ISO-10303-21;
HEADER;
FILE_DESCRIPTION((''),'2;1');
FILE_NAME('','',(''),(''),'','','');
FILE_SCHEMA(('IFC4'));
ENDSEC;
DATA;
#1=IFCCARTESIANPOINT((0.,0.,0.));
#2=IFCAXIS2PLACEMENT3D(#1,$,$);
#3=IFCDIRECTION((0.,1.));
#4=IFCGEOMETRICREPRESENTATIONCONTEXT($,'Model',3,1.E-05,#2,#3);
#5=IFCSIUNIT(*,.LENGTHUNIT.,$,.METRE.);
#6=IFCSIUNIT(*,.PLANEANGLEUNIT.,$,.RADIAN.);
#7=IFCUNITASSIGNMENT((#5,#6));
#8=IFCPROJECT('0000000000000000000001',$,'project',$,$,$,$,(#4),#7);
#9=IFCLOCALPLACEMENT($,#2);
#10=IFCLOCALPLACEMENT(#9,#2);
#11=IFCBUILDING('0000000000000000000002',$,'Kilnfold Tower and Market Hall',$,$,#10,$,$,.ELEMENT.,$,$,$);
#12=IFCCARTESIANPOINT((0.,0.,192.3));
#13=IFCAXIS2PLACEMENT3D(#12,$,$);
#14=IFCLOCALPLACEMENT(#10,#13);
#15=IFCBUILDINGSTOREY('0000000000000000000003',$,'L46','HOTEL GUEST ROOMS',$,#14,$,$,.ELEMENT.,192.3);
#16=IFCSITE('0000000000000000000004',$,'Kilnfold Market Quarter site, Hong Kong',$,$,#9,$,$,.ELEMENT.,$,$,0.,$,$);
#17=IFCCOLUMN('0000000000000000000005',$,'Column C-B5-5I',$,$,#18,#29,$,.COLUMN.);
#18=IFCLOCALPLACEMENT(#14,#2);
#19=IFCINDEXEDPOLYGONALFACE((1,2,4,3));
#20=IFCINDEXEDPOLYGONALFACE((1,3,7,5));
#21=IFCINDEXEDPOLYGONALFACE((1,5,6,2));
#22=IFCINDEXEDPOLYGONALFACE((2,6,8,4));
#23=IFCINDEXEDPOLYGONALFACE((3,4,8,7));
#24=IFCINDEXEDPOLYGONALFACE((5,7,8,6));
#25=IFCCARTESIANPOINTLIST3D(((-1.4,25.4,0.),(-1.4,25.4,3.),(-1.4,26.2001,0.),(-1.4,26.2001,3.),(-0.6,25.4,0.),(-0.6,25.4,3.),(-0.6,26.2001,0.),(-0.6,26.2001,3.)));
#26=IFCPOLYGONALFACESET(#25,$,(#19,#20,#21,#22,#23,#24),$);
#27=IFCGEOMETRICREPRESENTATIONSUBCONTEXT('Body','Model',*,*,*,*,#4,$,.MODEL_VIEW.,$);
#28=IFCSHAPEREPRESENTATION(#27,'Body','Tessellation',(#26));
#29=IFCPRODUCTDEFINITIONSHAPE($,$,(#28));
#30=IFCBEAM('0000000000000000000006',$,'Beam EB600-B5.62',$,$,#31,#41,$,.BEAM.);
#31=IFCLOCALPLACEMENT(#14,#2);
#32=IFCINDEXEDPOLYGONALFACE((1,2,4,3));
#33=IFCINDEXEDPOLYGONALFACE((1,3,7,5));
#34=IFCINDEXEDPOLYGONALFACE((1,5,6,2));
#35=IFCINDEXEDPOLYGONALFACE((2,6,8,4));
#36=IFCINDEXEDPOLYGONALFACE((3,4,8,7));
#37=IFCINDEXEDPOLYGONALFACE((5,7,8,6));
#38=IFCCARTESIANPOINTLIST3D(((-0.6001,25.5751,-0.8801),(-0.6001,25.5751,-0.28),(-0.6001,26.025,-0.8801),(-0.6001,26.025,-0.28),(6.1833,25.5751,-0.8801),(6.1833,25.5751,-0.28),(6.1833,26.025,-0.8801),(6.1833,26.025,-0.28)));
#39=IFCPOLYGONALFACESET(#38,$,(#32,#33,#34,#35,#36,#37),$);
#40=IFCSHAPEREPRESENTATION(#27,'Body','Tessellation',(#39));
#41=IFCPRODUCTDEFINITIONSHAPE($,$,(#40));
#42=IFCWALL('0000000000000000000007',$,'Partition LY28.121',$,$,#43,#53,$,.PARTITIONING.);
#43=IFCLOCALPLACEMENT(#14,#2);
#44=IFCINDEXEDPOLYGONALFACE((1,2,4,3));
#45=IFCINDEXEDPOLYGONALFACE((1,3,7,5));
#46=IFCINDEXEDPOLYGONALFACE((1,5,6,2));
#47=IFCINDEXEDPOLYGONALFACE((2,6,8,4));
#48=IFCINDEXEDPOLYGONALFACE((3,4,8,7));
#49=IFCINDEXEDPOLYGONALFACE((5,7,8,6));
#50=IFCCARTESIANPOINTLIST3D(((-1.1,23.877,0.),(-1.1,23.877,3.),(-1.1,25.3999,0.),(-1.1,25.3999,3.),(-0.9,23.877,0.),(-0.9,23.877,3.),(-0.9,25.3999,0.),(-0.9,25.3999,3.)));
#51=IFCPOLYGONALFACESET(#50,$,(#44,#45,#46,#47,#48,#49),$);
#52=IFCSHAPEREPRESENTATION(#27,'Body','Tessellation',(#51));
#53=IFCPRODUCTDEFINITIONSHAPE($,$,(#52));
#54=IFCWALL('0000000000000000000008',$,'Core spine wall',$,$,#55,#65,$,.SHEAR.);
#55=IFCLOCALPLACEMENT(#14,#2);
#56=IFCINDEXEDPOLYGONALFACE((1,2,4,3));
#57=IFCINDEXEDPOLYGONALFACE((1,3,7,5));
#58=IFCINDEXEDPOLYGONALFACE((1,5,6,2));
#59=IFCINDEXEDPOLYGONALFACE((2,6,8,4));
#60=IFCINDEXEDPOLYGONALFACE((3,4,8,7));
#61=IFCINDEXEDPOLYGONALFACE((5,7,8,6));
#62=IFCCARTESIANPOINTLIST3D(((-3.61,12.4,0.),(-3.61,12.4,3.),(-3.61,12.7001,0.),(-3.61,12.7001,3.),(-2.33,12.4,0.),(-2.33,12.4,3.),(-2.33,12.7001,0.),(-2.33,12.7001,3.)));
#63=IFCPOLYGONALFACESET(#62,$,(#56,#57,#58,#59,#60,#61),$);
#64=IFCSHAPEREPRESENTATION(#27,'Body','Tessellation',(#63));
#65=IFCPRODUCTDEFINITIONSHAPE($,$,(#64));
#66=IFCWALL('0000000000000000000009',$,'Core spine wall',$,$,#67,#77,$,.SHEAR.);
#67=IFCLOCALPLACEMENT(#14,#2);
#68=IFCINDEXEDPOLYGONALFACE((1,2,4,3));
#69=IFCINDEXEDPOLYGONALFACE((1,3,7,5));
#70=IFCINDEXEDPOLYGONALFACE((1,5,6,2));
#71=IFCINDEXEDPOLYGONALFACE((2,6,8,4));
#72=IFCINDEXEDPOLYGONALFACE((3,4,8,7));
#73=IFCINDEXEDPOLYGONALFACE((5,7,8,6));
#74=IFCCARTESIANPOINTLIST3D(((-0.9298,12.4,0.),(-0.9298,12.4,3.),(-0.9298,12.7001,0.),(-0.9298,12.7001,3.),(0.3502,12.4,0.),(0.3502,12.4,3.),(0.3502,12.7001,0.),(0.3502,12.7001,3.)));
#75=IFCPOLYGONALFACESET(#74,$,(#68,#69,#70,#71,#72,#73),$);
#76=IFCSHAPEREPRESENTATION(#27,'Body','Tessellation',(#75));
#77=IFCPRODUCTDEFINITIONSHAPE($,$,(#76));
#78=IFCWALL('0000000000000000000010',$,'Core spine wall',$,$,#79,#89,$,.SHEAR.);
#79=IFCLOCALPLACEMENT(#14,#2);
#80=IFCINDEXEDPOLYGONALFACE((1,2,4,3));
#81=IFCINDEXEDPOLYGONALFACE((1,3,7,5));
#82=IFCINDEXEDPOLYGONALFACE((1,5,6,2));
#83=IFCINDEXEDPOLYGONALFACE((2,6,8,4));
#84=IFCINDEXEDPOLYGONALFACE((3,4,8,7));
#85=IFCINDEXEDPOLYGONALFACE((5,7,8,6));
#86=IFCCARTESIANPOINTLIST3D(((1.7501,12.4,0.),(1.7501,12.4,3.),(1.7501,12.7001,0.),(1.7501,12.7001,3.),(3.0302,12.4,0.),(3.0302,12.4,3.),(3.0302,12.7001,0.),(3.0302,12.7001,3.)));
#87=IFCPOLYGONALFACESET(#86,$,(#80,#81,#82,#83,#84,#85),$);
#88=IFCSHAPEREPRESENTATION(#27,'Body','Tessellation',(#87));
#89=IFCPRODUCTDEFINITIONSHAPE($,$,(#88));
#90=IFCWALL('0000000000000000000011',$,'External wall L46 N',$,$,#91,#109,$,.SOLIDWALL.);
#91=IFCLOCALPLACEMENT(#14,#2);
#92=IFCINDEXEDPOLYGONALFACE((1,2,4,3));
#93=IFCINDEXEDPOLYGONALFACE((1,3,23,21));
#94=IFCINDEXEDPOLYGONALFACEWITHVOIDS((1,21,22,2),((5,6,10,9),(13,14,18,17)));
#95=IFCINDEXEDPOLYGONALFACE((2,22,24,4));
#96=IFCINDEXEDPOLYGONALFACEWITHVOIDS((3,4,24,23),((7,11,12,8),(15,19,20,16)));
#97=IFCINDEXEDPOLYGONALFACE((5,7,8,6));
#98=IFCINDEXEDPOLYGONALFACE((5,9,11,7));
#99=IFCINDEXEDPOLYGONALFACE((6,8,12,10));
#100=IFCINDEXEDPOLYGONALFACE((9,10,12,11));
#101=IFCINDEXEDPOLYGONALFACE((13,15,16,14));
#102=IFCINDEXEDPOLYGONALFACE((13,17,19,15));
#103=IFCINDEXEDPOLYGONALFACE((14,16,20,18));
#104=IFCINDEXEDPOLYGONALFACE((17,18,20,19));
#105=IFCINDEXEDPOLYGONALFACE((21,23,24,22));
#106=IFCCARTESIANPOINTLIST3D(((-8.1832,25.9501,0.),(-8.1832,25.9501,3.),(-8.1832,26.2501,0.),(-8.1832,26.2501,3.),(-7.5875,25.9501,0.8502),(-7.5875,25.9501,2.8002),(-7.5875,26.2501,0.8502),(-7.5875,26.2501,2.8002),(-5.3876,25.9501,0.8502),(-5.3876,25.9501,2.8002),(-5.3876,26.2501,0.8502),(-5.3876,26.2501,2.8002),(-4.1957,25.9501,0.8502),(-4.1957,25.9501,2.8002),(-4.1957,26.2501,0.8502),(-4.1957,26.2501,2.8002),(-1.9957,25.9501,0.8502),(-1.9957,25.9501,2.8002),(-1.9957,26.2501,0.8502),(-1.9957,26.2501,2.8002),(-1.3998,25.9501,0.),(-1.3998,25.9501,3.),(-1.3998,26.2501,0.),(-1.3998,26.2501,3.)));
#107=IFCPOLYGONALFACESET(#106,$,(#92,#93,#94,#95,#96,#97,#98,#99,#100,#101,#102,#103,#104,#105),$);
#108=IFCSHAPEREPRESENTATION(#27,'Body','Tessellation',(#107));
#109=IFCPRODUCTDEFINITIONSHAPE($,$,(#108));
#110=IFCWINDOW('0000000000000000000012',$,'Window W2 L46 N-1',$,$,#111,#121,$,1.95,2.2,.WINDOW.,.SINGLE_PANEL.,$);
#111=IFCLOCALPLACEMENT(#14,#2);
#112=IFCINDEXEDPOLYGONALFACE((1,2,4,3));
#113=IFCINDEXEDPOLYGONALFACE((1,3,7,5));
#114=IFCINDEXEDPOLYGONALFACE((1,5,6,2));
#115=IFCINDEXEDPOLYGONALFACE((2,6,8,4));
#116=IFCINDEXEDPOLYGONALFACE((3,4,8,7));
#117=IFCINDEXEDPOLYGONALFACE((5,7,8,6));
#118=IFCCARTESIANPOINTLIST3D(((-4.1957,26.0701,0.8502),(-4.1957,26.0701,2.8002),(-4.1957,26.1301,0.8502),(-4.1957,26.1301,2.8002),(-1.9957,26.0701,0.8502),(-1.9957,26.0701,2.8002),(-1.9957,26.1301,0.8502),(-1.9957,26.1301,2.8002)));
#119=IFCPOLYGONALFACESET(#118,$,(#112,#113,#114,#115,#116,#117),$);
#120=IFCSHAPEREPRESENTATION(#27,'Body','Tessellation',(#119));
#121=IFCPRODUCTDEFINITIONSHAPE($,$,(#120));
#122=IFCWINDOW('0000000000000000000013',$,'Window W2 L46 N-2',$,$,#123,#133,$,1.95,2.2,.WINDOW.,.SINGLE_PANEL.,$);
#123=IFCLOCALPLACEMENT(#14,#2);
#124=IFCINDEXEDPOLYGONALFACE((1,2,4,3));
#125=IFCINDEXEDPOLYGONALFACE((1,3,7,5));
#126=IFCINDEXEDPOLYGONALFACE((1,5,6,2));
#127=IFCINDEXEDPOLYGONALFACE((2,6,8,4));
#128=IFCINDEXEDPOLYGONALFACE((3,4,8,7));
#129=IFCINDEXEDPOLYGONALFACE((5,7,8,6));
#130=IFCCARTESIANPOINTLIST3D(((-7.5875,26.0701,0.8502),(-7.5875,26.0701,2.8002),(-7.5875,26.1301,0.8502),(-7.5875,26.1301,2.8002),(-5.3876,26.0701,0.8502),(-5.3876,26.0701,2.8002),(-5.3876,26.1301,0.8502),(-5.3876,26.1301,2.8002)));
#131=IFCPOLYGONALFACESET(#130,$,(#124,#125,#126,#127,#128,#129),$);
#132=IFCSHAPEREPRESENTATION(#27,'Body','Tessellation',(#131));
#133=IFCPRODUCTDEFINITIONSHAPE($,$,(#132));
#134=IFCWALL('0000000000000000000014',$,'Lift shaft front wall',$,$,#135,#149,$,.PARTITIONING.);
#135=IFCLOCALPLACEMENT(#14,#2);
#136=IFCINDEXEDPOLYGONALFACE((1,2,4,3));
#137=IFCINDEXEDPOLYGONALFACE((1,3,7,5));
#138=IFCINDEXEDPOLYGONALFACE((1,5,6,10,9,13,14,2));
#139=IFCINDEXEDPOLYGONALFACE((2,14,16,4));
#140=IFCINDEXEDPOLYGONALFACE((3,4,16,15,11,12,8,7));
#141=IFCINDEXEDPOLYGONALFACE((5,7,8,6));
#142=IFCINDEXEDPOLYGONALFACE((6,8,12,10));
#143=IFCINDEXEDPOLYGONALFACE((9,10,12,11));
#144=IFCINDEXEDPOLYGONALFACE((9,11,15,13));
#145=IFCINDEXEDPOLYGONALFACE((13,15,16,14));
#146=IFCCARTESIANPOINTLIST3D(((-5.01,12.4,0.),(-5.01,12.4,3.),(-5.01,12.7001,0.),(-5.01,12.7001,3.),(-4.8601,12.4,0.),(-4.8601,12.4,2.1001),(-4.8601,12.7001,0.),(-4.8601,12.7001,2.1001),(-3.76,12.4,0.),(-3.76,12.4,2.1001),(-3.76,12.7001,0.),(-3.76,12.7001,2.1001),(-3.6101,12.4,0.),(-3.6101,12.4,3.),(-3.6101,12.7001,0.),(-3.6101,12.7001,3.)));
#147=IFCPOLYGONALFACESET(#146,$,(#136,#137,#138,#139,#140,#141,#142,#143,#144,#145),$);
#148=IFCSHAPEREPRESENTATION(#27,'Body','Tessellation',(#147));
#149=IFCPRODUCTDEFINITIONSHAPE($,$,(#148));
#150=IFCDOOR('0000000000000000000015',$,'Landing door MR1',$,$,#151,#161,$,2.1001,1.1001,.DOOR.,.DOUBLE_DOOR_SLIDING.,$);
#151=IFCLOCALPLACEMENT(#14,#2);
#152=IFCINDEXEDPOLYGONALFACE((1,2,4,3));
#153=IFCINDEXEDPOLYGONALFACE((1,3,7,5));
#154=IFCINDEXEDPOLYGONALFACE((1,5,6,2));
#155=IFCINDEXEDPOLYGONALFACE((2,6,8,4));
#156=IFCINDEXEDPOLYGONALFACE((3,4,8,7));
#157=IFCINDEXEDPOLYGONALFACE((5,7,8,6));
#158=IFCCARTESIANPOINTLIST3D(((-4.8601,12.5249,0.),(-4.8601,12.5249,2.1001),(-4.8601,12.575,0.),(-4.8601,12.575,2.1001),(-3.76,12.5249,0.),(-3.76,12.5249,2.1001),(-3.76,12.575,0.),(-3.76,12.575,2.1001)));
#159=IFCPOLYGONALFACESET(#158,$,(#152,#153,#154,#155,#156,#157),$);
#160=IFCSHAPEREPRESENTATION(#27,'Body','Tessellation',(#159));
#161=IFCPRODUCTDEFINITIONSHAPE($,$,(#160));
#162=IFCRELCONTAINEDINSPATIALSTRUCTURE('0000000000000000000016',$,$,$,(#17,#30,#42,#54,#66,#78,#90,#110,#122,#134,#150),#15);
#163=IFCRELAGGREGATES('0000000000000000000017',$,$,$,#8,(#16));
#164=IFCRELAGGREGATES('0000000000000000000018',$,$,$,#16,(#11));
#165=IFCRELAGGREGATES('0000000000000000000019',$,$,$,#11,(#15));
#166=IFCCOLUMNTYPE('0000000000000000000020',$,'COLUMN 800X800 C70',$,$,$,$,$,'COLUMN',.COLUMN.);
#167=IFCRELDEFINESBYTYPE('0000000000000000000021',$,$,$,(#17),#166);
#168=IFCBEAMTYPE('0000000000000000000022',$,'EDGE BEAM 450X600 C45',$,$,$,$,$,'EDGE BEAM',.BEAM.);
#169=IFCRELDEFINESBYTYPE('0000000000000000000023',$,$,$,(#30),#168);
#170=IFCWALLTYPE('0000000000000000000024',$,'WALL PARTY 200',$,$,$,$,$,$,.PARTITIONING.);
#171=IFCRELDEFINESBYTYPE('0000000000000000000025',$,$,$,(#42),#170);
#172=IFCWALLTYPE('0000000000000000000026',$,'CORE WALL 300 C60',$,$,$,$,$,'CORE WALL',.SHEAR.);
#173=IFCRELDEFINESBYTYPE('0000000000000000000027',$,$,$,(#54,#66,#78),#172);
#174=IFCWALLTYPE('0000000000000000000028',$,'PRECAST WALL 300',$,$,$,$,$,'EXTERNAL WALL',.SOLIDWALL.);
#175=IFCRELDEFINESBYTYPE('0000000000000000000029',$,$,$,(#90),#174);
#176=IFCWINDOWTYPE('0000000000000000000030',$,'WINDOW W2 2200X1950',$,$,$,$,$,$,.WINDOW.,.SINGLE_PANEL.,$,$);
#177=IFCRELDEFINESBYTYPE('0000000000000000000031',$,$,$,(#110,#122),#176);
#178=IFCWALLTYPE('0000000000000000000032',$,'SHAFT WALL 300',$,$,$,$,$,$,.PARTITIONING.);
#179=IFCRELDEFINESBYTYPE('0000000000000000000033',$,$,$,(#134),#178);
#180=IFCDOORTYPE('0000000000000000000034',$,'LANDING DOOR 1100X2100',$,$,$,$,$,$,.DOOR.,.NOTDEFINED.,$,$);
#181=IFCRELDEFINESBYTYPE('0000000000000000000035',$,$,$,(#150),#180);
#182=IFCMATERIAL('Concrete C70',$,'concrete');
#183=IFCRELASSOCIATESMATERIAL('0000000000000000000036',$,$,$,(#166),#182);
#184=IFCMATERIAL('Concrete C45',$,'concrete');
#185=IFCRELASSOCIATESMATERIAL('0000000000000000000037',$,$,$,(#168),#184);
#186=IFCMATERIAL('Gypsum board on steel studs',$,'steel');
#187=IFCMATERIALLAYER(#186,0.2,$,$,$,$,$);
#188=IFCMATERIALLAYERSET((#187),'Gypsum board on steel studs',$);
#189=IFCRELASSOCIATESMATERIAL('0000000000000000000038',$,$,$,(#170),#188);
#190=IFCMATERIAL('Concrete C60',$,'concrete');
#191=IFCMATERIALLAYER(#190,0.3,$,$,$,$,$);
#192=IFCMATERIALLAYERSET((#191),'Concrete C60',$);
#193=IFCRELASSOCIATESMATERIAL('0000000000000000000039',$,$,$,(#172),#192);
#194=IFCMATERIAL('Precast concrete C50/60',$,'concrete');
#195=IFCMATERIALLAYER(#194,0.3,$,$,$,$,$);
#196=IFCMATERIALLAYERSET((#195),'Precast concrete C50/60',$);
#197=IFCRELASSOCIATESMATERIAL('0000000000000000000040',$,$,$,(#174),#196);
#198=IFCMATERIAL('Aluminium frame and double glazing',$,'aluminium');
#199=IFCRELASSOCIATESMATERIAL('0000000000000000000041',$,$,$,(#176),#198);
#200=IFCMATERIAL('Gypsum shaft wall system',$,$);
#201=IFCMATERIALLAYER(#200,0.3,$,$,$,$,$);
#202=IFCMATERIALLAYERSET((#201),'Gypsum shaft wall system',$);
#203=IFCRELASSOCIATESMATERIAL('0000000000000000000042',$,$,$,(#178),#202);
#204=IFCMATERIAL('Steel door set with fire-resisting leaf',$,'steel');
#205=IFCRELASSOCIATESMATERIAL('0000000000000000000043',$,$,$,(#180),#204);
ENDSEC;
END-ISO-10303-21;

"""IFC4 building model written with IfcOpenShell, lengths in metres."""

from ifc_helpers import new_model, si_unit, direction, frame, frame_2d, origin, origin_2d, place, context, subcontext, project, spatial, rectangle, extrude, source, transform, mapped, material, layer, layer_set, material_profile, profile_set, type_object, element, fill, save


model = new_model("IFC4")

# Units and contexts
model_context = context("Model", 3, precision=1e-05, world=origin(), true_north=direction((0.0, 1.0)))
body_context = subcontext(model_context, "Body", "Model", "MODEL_VIEW")
ifc_project = project(units=[si_unit("LENGTHUNIT", "METRE"), si_unit("PLANEANGLEUNIT", "RADIAN")], contexts=[model_context])

# Site, building, storey
site_placement = place(None, origin())
site = spatial("IfcSite", under=ifc_project, at=site_placement, Name="Kilnfold Market Quarter site, Hong Kong", CompositionType="ELEMENT", RefElevation=0.0)
building_placement = place(site_placement, origin())
building = spatial("IfcBuilding", under=site, at=building_placement, Name="Kilnfold Tower and Market Hall", CompositionType="ELEMENT")
storey_placement = place(building_placement, frame((0.0, 0.0, 192.3)))
storey = spatial("IfcBuildingStorey", under=building, at=storey_placement, Name="L46", Description="HOTEL GUEST ROOMS", CompositionType="ELEMENT", Elevation=192.3)

# Column
ifc_material_1 = material(Name="Concrete C70", Category="concrete")
ifc_material_profile_1 = material_profile(ifc_material_1, rectangle(XDim=0.8, YDim=0.8, at=origin_2d()), Name="RC 800x800")
ifc_profile_set_1 = profile_set([ifc_material_profile_1], Name="Concrete C70")
column_type = type_object("IfcColumnType", Name="COLUMN 800X800 C70", ElementType="COLUMN", PredefinedType="COLUMN", material=ifc_profile_set_1)
shared_shape_1 = source(origin(), body_context, "Body", "SweptSolid", [
    extrude(rectangle(XDim=0.8, YDim=0.8, at=origin_2d()), origin(), (0.0, 0.0, 1.0), 3.0),
])
column_placement = place(storey_placement, frame((-1.0, 25.8, 0.0), z_axis=(0.0, 0.0, 1.0), x_axis=(1.0, 0.0, 0.0)))
element("IfcColumn", 1, at=column_placement, inside=storey, type_object=column_type, Name="Column C-B5-5I", PredefinedType="COLUMN", context=body_context, shape_type="MappedRepresentation", body=[
    mapped(shared_shape_1, transform((0.0, 0.0, 0.0))),
])

# Beam
ifc_material_2 = material(Name="Concrete C45", Category="concrete")
ifc_material_profile_2 = material_profile(ifc_material_2, rectangle(XDim=0.45, YDim=0.6001, at=origin_2d()), Name="RC 450x600")
ifc_profile_set_2 = profile_set([ifc_material_profile_2], Name="Concrete C45")
beam_type = type_object("IfcBeamType", Name="EDGE BEAM 450X600 C45", ElementType="EDGE BEAM", PredefinedType="BEAM", material=ifc_profile_set_2)
shared_shape_2 = source(origin(), body_context, "Body", "SweptSolid", [
    extrude(rectangle(XDim=0.45, YDim=0.6001, at=origin_2d()), origin(), (0.0, 0.0, 1.0), 6.7834),
])
beam_placement = place(storey_placement, frame((-0.6001, 25.8, -0.5801), z_axis=(1.0, 0.0, 0.0), x_axis=(0.0, 1.0, 0.0)))
element("IfcBeam", 2, at=beam_placement, inside=storey, type_object=beam_type, Name="Beam EB600-B5.62", PredefinedType="BEAM", context=body_context, shape_type="MappedRepresentation", body=[
    mapped(shared_shape_2, transform((0.0, 0.0, 0.0))),
])

# Walls
ifc_material_3 = material(Name="Gypsum board on steel studs", Category="steel")
ifc_layer_1 = layer(ifc_material_3, 0.2)
ifc_layer_set_1 = layer_set([ifc_layer_1], Name="Gypsum board on steel studs")
wall_type_1 = type_object("IfcWallType", Name="WALL PARTY 200", PredefinedType="PARTITIONING", material=ifc_layer_set_1)
wall_1_placement = place(storey_placement, frame((-1.0, 23.877, 0.0), z_axis=(0.0, 0.0, 1.0), x_axis=(0.0, 1.0, 0.0)))
element("IfcWall", 3, at=wall_1_placement, inside=storey, type_object=wall_type_1, Name="Partition LY28.121", PredefinedType="PARTITIONING", context=body_context, shape_type="SweptSolid", body=[
    extrude(rectangle(XDim=1.5229, YDim=0.2, at=frame_2d((0.7615, 0.0))), origin(), (0.0, 0.0, 1.0), 3.0),
])
ifc_material_4 = material(Name="Concrete C60", Category="concrete")
ifc_layer_2 = layer(ifc_material_4, 0.3)
ifc_layer_set_2 = layer_set([ifc_layer_2], Name="Concrete C60")
wall_type_2 = type_object("IfcWallType", Name="CORE WALL 300 C60", ElementType="CORE WALL", PredefinedType="SHEAR", material=ifc_layer_set_2)
shared_shape_3 = source(origin(), body_context, "Body", "SweptSolid", [
    extrude(rectangle(XDim=1.28, YDim=0.3, at=frame_2d((0.6401, 0.0))), origin(), (0.0, 0.0, 1.0), 3.0),
])
for number, where, z_axis, x_axis, name in (
    (4, (-3.6101, 12.55, 0.0), (0.0, 0.0, 1.0), (1.0, 0.0, 0.0), "Core spine wall"),
    (5, (-0.9299, 12.55, 0.0), (0.0, 0.0, 1.0), (1.0, 0.0, 0.0), "Core spine wall"),
    (6, (1.75, 12.55, 0.0), (0.0, 0.0, 1.0), (1.0, 0.0, 0.0), "Core spine wall"),
):
    element("IfcWall", number, at=place(storey_placement, frame(where, z_axis=z_axis, x_axis=x_axis)), inside=storey, type_object=wall_type_2, Name=name, PredefinedType="SHEAR", context=body_context, shape_type="MappedRepresentation", body=[
        mapped(shared_shape_3, transform((0.0, 0.0, 0.0))),
    ])

# Wall, openings, windows
ifc_material_5 = material(Name="Precast concrete C50/60", Category="concrete")
ifc_layer_3 = layer(ifc_material_5, 0.3)
ifc_layer_set_3 = layer_set([ifc_layer_3], Name="Precast concrete C50/60")
wall_type_3 = type_object("IfcWallType", Name="PRECAST WALL 300", ElementType="EXTERNAL WALL", PredefinedType="SOLIDWALL", material=ifc_layer_set_3)
shared_shape_4 = source(origin(), body_context, "Body", "SweptSolid", [
    extrude(rectangle(XDim=6.7834, YDim=0.3, at=frame_2d((3.3916, 0.0))), origin(), (0.0, 0.0, 1.0), 3.0),
])
wall_2_placement = place(storey_placement, frame((-1.3999, 26.1001, 0.0), z_axis=(0.0, 0.0, 1.0), x_axis=(-1.0, 0.0, 0.0)))
wall_2 = element("IfcWall", 7, at=wall_2_placement, inside=storey, type_object=wall_type_3, Name="External wall L46 N", PredefinedType="SOLIDWALL", context=body_context, shape_type="MappedRepresentation", body=[
    mapped(shared_shape_4, transform((0.0, 0.0, 0.0))),
])
opening_1_placement = place(wall_2_placement, frame((0.5957, 0.0, 0.8501)))
opening_1 = element("IfcOpeningElement", 8, at=opening_1_placement, cuts=wall_2, PredefinedType="OPENING", context=body_context, shape_type="SweptSolid", body=[
    extrude(rectangle(XDim=2.2, YDim=1.95, at=frame_2d((1.1001, 0.9751))), frame((0.0, 0.1602, 0.0), z_axis=(0.0, -1.0, 0.0), x_axis=(1.0, 0.0, 0.0)), (0.0, 0.0, 1.0), 0.3201),
])
opening_2_placement = place(wall_2_placement, frame((3.9875, 0.0, 0.8501)))
opening_2 = element("IfcOpeningElement", 9, at=opening_2_placement, cuts=wall_2, PredefinedType="OPENING", context=body_context, shape_type="SweptSolid", body=[
    extrude(rectangle(XDim=2.2, YDim=1.95, at=frame_2d((1.1001, 0.9751))), frame((0.0, 0.1602, 0.0), z_axis=(0.0, -1.0, 0.0), x_axis=(1.0, 0.0, 0.0)), (0.0, 0.0, 1.0), 0.3201),
])
ifc_material_6 = material(Name="Aluminium frame and double glazing", Category="aluminium")
window_type = type_object("IfcWindowType", Name="WINDOW W2 2200X1950", PartitioningType="SINGLE_PANEL", PredefinedType="WINDOW", material=ifc_material_6)
window_1_placement = place(opening_1_placement, origin())
window_1 = element("IfcWindow", 10, at=window_1_placement, inside=storey, type_object=window_type, Name="Window W2 L46 N-1", OverallHeight=1.95, OverallWidth=2.2, PartitioningType="SINGLE_PANEL", PredefinedType="WINDOW", context=body_context, shape_type="SweptSolid", body=[
    extrude(rectangle(XDim=2.2, YDim=1.95, at=frame_2d((1.1001, 0.9751))), frame((0.0, 0.03, 0.0), z_axis=(0.0, -1.0, 0.0), x_axis=(1.0, 0.0, 0.0)), (0.0, 0.0, 1.0), 0.0601),
])
fill(opening_1, window_1)
window_2_placement = place(opening_2_placement, origin())
window_2 = element("IfcWindow", 11, at=window_2_placement, inside=storey, type_object=window_type, Name="Window W2 L46 N-2", OverallHeight=1.95, OverallWidth=2.2, PartitioningType="SINGLE_PANEL", PredefinedType="WINDOW", context=body_context, shape_type="SweptSolid", body=[
    extrude(rectangle(XDim=2.2, YDim=1.95, at=frame_2d((1.1001, 0.9751))), frame((0.0, 0.03, 0.0), z_axis=(0.0, -1.0, 0.0), x_axis=(1.0, 0.0, 0.0)), (0.0, 0.0, 1.0), 0.0601),
])
fill(opening_2, window_2)

# Wall, opening, door
ifc_material_7 = material(Name="Gypsum shaft wall system")
ifc_layer_4 = layer(ifc_material_7, 0.3)
ifc_layer_set_4 = layer_set([ifc_layer_4], Name="Gypsum shaft wall system")
wall_type_4 = type_object("IfcWallType", Name="SHAFT WALL 300", PredefinedType="PARTITIONING", material=ifc_layer_set_4)
shared_shape_5 = source(origin(), body_context, "Body", "SweptSolid", [
    extrude(rectangle(XDim=1.3999, YDim=0.3, at=frame_2d((0.7, 0.0))), origin(), (0.0, 0.0, 1.0), 3.0),
])
wall_3_placement = place(storey_placement, frame((-5.01, 12.55, 0.0), z_axis=(0.0, 0.0, 1.0), x_axis=(1.0, 0.0, 0.0)))
wall_3 = element("IfcWall", 12, at=wall_3_placement, inside=storey, type_object=wall_type_4, Name="Lift shaft front wall", PredefinedType="PARTITIONING", context=body_context, shape_type="MappedRepresentation", body=[
    mapped(shared_shape_5, transform((0.0, 0.0, 0.0))),
])
opening_3_placement = place(wall_3_placement, frame((0.1499, 0.0, 0.0)))
opening_3 = element("IfcOpeningElement", 13, at=opening_3_placement, cuts=wall_3, PredefinedType="OPENING", context=body_context, shape_type="SweptSolid", body=[
    extrude(rectangle(XDim=1.1001, YDim=2.1001, at=frame_2d((0.55, 1.05))), frame((0.0, 0.1602, 0.0), z_axis=(0.0, -1.0, 0.0), x_axis=(1.0, 0.0, 0.0)), (0.0, 0.0, 1.0), 0.3201),
])
ifc_material_8 = material(Name="Steel door set with fire-resisting leaf", Category="steel")
door_type = type_object("IfcDoorType", Name="LANDING DOOR 1100X2100", OperationType="NOTDEFINED", PredefinedType="DOOR", material=ifc_material_8)
door_1_placement = place(opening_3_placement, origin())
door_1 = element("IfcDoor", 14, at=door_1_placement, inside=storey, type_object=door_type, Name="Landing door MR1", OperationType="DOUBLE_DOOR_SLIDING", OverallHeight=2.1001, OverallWidth=1.1001, PredefinedType="DOOR", context=body_context, shape_type="SweptSolid", body=[
    extrude(rectangle(XDim=1.1001, YDim=2.1001, at=frame_2d((0.55, 1.05))), frame((0.0, 0.0249, 0.0), z_axis=(0.0, -1.0, 0.0), x_axis=(1.0, 0.0, 0.0)), (0.0, 0.0, 1.0), 0.05),
])
fill(opening_3, door_1)

save(model, "model.ifc")
